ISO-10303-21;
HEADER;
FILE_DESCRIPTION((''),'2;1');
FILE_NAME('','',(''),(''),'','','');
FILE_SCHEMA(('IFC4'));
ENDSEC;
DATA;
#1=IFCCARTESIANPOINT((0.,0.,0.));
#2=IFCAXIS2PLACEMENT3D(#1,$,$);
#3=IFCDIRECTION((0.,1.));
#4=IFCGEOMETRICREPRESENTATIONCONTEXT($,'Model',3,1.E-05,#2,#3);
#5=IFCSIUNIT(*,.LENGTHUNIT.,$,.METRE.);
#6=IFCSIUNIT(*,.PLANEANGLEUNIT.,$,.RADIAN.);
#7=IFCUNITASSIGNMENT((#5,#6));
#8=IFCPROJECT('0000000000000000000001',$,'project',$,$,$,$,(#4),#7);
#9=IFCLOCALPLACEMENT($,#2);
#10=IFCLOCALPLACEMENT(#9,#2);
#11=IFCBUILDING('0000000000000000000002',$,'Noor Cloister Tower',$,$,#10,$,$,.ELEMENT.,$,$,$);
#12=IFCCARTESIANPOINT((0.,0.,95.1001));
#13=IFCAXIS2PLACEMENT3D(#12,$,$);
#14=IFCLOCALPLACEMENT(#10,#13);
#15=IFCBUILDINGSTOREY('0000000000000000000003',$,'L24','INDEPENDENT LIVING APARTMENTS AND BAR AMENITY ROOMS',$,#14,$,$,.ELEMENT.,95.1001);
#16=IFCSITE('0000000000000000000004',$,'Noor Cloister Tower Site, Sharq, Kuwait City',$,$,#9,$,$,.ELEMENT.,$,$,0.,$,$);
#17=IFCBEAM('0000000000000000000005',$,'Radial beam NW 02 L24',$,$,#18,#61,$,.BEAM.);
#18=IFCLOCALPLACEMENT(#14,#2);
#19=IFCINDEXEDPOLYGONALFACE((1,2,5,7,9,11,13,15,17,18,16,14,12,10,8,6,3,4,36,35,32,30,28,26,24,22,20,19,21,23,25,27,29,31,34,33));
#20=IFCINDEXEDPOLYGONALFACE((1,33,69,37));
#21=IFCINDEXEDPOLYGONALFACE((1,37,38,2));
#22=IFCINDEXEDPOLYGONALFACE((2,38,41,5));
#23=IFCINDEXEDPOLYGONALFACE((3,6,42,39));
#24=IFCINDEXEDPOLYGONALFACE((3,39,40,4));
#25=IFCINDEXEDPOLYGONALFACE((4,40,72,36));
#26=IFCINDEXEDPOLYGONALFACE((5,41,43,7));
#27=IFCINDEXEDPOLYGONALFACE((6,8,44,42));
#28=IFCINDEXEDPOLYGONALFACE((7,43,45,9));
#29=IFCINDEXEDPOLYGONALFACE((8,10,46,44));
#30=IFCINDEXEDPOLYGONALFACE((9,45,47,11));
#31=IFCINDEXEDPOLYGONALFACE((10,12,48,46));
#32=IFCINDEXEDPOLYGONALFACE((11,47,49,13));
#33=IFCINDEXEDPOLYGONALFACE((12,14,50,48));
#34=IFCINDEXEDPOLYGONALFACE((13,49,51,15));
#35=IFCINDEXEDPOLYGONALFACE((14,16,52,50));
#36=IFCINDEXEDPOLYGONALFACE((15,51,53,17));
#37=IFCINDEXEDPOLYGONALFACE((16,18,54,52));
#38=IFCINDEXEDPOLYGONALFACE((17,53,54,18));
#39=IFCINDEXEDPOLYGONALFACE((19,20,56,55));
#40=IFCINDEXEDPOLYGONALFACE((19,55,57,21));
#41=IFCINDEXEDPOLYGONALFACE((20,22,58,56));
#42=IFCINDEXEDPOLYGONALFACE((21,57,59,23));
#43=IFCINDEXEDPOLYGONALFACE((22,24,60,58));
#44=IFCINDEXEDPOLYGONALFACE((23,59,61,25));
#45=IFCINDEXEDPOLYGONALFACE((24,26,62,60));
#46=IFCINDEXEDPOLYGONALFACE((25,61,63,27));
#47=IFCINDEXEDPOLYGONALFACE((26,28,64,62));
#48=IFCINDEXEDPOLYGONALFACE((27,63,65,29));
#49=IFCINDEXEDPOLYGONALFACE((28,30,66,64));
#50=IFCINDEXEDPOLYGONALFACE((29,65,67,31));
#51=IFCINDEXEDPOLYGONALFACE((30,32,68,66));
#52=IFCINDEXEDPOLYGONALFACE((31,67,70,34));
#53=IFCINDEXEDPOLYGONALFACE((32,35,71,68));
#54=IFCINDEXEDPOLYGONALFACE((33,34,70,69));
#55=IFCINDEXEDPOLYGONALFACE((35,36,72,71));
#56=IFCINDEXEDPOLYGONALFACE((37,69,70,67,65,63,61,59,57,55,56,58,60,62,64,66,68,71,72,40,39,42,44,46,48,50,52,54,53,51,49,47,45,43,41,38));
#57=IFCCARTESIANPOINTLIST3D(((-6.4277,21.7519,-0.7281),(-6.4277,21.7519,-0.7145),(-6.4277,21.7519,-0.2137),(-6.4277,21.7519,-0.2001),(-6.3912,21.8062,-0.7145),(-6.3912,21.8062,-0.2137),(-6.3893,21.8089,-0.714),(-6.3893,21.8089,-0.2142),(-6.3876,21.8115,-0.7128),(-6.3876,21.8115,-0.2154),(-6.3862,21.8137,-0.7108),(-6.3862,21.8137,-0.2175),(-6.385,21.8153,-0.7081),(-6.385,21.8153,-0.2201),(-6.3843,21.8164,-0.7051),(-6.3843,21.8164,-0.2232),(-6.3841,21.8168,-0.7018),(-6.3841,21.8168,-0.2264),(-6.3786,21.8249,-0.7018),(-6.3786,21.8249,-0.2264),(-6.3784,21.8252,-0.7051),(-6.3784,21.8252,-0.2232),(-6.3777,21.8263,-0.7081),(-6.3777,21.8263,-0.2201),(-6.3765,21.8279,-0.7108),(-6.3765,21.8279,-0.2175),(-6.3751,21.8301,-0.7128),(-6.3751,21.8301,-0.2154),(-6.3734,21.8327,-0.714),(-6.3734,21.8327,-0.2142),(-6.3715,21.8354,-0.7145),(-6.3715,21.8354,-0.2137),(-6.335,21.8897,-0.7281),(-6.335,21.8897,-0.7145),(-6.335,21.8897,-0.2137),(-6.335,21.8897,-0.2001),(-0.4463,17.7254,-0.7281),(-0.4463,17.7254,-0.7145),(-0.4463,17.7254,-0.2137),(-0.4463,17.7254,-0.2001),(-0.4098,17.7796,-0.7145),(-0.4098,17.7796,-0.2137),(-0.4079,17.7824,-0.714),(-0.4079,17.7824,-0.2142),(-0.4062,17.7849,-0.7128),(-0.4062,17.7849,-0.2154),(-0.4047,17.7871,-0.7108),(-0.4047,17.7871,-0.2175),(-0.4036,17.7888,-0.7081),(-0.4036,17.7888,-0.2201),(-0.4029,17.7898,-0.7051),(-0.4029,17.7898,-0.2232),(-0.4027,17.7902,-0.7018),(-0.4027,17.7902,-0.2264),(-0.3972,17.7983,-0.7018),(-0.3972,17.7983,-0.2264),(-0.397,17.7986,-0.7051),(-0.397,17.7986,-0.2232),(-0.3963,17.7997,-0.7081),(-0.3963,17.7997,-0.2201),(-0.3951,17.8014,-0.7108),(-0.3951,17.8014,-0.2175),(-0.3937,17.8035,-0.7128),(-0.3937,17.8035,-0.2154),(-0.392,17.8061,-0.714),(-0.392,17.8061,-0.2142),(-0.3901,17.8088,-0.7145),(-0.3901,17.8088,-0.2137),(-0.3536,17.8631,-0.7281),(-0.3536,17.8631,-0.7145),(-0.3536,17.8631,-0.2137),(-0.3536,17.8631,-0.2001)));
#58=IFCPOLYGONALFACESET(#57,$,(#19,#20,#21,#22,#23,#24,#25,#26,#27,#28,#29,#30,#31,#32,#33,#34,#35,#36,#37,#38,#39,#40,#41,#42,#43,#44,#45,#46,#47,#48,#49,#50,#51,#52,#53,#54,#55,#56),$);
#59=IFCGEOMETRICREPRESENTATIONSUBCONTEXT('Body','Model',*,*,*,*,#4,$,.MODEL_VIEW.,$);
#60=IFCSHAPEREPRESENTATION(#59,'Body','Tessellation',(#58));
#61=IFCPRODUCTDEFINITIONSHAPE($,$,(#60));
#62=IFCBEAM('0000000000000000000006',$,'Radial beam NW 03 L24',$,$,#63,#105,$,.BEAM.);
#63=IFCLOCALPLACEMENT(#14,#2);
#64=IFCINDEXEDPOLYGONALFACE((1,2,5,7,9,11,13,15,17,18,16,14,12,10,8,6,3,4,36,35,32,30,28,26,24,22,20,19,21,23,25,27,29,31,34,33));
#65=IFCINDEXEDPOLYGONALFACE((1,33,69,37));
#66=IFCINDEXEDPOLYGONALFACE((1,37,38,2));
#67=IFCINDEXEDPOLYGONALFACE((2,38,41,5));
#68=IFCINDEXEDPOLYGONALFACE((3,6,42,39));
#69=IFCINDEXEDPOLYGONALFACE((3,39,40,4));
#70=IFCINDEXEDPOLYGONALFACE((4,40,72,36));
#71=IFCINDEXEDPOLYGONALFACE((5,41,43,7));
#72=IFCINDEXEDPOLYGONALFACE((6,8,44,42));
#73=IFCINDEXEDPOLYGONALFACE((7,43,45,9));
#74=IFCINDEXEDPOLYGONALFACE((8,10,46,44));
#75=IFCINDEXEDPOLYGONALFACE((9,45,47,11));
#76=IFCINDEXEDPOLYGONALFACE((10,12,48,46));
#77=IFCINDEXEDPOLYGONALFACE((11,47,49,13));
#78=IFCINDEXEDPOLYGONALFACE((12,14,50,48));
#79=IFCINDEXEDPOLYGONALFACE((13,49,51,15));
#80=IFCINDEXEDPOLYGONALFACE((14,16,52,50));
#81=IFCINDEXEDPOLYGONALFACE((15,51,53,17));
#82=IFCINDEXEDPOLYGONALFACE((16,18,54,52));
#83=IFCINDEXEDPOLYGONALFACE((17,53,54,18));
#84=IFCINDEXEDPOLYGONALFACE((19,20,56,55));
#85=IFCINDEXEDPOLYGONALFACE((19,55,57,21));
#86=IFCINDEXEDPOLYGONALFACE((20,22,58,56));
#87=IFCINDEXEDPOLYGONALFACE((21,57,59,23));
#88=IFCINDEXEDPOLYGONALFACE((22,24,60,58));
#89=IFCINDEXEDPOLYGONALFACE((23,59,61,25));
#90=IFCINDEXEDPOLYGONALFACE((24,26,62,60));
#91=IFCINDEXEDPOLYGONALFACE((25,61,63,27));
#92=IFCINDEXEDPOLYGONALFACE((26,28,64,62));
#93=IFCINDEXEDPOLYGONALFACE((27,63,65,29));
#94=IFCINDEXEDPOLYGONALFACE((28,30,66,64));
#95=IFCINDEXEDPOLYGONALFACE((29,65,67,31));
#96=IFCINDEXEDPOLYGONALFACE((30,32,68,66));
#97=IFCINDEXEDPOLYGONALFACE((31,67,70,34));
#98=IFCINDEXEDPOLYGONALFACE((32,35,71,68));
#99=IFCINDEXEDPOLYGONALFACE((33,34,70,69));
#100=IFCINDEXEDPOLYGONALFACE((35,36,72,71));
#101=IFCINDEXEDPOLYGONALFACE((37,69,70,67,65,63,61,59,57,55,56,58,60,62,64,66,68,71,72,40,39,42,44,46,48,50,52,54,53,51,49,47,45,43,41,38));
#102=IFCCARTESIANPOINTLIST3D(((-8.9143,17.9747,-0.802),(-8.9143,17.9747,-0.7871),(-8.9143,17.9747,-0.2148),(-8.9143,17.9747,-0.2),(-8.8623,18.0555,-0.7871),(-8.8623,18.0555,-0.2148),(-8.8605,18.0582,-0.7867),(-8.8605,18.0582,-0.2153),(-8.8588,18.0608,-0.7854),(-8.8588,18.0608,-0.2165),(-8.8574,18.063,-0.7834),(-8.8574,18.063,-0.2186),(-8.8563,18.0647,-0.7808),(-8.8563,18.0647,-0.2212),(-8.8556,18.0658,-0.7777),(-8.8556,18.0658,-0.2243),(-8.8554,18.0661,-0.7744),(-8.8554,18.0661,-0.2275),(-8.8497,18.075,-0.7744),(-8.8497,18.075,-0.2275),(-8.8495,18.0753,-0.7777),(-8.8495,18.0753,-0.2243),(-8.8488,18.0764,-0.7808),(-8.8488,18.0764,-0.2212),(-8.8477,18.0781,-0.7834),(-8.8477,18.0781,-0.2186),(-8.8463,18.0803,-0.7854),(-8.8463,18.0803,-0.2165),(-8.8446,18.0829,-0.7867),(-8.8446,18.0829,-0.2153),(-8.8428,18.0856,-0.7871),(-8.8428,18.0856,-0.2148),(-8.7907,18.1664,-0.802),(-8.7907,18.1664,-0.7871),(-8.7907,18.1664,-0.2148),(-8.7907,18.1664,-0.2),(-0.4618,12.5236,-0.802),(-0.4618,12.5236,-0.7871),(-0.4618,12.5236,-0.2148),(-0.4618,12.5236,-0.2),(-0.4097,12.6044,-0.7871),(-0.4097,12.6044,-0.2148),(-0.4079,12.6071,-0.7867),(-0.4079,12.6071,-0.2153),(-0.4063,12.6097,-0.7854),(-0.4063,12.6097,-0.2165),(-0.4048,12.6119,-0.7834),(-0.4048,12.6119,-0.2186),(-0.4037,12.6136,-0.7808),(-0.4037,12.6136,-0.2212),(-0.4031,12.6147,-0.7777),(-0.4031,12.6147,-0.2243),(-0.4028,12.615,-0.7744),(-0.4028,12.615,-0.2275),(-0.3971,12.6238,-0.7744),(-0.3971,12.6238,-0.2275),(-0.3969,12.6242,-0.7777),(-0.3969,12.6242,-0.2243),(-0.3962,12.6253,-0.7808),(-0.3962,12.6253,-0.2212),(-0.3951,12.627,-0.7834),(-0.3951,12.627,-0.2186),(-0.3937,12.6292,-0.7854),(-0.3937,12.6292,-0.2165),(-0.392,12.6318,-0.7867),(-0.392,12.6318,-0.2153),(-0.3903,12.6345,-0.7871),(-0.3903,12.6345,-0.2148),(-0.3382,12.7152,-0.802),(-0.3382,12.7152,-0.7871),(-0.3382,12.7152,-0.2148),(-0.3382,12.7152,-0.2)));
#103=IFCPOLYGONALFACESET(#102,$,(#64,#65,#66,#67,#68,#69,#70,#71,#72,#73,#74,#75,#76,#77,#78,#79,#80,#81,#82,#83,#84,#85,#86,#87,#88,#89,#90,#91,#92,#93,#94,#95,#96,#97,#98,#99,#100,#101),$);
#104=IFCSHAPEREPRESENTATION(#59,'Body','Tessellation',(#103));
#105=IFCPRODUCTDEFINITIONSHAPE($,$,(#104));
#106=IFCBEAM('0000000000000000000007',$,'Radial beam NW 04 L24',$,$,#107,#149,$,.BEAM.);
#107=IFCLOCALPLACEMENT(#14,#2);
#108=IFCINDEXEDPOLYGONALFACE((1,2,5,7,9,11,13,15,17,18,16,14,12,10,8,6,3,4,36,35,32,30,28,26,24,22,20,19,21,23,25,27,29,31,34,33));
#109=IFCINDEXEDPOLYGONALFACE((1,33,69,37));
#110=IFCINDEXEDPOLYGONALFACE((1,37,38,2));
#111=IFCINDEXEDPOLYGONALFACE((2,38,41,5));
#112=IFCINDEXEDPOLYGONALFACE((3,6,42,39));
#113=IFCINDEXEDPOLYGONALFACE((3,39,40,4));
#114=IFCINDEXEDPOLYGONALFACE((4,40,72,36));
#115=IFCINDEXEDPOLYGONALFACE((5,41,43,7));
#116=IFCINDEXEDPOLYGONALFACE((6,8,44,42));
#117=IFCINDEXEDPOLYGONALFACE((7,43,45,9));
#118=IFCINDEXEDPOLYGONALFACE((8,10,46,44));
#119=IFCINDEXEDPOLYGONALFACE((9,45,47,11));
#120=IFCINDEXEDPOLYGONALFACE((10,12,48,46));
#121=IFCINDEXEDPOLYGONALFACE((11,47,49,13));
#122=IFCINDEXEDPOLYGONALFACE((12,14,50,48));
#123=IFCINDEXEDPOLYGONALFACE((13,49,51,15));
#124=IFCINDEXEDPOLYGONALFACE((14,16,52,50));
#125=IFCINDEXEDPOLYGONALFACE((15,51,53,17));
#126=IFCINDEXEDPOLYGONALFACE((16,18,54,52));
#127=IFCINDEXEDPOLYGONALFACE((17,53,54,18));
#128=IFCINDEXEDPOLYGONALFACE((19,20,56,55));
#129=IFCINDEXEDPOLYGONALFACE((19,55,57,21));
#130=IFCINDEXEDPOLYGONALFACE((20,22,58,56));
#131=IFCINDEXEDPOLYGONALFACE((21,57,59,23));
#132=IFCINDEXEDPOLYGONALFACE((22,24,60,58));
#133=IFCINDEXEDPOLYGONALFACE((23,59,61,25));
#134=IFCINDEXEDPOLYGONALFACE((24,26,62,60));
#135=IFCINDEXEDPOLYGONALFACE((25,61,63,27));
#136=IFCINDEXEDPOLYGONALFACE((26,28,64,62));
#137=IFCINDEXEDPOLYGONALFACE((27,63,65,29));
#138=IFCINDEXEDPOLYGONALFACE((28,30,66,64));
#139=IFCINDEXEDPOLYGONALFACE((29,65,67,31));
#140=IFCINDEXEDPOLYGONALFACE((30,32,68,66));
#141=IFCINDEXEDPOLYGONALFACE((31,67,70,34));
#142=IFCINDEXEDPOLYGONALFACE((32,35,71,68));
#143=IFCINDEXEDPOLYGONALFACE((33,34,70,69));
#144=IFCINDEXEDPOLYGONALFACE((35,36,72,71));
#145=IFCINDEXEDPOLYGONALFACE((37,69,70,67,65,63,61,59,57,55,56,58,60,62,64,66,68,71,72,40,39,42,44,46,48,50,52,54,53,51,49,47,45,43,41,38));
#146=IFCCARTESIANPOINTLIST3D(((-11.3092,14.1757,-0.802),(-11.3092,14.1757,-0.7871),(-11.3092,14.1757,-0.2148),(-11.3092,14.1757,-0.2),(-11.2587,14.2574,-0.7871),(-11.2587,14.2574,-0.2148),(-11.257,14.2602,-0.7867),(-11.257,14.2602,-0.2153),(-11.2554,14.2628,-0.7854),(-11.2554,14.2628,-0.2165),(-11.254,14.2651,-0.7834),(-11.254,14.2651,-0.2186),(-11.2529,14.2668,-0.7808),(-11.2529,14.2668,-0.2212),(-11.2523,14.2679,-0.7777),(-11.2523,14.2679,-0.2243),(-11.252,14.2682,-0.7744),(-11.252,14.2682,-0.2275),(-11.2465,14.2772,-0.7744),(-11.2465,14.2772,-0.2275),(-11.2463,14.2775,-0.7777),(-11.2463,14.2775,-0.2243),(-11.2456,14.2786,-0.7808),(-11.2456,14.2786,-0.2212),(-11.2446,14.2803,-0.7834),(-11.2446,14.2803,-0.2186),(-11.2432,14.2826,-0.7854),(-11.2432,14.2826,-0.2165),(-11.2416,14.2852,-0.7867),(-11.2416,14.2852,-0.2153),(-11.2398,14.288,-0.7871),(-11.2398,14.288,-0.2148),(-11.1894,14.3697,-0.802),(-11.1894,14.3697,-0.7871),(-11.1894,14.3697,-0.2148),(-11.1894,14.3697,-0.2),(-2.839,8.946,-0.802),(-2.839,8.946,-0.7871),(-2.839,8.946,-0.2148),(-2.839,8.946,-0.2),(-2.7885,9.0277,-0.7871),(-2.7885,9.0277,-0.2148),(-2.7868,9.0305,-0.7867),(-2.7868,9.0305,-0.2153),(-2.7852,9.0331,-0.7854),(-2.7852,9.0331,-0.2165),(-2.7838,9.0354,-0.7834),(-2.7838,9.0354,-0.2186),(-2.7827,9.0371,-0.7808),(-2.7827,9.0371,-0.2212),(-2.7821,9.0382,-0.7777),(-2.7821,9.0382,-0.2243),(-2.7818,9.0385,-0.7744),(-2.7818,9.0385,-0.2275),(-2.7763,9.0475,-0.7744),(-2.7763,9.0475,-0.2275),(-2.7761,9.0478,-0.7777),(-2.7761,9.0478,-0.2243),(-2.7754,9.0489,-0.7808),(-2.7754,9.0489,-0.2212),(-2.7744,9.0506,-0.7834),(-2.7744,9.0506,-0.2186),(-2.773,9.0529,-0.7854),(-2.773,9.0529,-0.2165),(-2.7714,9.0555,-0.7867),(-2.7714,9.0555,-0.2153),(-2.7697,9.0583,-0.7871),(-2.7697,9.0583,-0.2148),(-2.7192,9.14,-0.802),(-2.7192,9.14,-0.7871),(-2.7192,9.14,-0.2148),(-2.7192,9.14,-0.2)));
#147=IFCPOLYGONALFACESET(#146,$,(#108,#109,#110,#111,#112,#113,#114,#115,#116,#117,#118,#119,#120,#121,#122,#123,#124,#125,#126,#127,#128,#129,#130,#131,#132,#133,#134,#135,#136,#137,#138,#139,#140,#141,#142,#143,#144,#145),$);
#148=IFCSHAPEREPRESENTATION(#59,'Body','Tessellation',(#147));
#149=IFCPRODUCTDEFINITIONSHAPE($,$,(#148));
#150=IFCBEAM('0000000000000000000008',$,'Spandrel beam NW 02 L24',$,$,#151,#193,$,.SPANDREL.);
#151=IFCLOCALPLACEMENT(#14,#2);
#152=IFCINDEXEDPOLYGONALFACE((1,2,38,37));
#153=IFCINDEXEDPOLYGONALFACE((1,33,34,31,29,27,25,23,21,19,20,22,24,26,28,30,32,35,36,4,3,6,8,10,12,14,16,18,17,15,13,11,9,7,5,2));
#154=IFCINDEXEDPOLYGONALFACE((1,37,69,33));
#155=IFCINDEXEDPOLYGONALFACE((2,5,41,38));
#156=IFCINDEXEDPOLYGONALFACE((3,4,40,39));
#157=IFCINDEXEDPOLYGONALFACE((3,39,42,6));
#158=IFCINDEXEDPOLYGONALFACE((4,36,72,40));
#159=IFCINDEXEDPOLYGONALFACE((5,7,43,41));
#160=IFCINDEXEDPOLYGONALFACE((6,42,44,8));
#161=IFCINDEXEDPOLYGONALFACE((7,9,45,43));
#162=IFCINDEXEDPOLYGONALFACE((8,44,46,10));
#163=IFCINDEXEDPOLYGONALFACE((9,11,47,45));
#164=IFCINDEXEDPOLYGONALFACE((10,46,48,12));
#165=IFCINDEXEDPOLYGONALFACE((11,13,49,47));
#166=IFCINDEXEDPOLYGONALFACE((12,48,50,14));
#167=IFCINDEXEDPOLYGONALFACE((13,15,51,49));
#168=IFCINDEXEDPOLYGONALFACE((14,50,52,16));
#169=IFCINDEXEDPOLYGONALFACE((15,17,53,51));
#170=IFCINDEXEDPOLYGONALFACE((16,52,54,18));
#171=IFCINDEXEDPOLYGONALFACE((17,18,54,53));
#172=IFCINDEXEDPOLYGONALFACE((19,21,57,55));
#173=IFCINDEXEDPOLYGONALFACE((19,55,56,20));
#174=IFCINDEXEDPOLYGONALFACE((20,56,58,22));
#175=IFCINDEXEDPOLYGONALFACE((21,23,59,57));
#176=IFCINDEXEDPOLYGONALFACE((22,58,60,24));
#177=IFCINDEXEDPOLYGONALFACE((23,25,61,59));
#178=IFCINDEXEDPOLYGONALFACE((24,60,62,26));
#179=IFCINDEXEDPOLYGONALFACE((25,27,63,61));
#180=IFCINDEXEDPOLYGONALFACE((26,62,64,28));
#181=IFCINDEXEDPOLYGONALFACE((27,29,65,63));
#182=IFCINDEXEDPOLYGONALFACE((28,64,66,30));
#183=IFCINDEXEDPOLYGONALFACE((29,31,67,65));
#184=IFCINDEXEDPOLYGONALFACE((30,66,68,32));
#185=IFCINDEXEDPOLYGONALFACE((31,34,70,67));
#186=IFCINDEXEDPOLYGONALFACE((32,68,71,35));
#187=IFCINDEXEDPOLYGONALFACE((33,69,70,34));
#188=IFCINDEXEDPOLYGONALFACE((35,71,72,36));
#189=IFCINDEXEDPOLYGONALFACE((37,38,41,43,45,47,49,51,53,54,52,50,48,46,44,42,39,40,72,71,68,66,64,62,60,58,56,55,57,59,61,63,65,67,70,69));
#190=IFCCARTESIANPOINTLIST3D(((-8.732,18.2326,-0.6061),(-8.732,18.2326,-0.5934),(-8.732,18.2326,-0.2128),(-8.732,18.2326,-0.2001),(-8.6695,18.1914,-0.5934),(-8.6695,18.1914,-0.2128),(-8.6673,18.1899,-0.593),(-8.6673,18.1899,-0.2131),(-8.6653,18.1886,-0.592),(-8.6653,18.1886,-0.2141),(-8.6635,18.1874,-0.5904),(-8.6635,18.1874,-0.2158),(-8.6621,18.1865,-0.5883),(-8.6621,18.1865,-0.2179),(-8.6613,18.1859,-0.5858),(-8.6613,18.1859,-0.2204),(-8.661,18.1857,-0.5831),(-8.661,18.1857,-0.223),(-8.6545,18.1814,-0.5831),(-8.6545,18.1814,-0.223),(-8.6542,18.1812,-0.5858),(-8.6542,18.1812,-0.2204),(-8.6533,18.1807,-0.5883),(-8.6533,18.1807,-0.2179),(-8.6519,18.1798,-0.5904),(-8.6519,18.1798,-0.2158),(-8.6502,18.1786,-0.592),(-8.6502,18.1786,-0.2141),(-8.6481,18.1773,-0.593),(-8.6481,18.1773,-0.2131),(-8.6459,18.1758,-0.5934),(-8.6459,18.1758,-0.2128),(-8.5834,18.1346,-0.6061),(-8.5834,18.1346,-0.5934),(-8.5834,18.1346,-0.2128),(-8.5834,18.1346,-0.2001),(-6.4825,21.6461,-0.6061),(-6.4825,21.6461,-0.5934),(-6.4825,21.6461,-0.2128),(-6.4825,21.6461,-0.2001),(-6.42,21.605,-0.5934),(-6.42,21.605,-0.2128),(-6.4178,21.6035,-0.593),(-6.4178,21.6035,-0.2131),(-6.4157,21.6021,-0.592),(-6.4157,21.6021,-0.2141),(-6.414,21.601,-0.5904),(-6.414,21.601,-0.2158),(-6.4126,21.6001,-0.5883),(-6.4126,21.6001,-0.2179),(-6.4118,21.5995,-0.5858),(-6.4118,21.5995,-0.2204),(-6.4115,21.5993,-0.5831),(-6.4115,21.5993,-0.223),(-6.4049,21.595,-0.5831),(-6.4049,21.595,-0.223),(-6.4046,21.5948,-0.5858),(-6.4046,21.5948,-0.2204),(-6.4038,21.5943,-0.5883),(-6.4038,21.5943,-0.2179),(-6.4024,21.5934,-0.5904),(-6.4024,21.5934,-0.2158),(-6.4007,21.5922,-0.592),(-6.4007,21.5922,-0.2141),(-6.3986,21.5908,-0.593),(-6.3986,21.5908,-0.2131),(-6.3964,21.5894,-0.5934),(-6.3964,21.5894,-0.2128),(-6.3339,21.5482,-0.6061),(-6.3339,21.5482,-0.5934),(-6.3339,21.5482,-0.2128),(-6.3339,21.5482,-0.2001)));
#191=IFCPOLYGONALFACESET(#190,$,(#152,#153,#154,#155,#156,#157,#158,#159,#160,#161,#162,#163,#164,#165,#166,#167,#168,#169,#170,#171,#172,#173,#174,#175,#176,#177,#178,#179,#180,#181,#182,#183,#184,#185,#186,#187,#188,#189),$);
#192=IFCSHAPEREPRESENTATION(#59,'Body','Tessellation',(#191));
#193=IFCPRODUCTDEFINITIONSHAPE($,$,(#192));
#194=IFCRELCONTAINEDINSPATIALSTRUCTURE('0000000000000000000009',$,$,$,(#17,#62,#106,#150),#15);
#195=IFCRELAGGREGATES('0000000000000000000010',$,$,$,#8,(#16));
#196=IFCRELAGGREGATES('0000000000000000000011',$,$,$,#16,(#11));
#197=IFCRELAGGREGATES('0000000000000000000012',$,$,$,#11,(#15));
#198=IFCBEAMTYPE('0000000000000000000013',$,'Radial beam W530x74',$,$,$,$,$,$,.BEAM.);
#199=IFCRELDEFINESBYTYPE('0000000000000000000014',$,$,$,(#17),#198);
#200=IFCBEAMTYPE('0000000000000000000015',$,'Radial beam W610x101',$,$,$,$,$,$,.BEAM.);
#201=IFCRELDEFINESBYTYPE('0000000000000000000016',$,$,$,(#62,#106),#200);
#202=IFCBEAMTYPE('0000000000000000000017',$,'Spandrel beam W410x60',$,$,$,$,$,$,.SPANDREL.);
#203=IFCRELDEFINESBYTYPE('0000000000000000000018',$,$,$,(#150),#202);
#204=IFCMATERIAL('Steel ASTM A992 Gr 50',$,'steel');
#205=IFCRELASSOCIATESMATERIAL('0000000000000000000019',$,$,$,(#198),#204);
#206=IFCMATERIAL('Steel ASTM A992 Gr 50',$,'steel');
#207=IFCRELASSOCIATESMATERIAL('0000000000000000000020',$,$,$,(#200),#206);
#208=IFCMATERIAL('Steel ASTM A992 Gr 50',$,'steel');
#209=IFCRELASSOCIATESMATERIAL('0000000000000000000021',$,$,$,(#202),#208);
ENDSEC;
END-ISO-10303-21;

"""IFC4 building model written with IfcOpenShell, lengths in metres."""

from ifc_helpers import new_model, si_unit, direction, frame, origin, origin_2d, place, context, subcontext, project, spatial, i_section, extrude, material, material_profile, profile_set, type_object, element, save


model = new_model("IFC4")

# Units and contexts
model_context = context("Model", 3, precision=1e-05, world=origin(), true_north=direction((0.0, 1.0)))
body_context = subcontext(model_context, "Body", "Model", "MODEL_VIEW")
ifc_project = project(units=[si_unit("LENGTHUNIT", "METRE"), si_unit("PLANEANGLEUNIT", "RADIAN")], contexts=[model_context])

# Site, building, storey
site_placement = place(None, origin())
site = spatial("IfcSite", under=ifc_project, at=site_placement, Name="Noor Cloister Tower Site, Sharq, Kuwait City", CompositionType="ELEMENT", RefElevation=0.0)
building_placement = place(site_placement, origin())
building = spatial("IfcBuilding", under=site, at=building_placement, Name="Noor Cloister Tower", CompositionType="ELEMENT")
storey_placement = place(building_placement, frame((0.0, 0.0, 95.1001)))
storey = spatial("IfcBuildingStorey", under=building, at=storey_placement, Name="L24", Description="INDEPENDENT LIVING APARTMENTS AND BAR AMENITY ROOMS", CompositionType="ELEMENT", Elevation=95.1001)

# Beams
ifc_material_1 = material(Name="Steel ASTM A992 Gr 50", Category="steel")
ifc_material_profile_1 = material_profile(ifc_material_1, i_section(OverallWidth=0.166, OverallDepth=0.5281, WebThickness=0.0098, FlangeThickness=0.0137, FilletRadius=0.0127, at=origin_2d()), Name="W530x74")
ifc_profile_set_1 = profile_set([ifc_material_profile_1], Name="Steel ASTM A992 Gr 50")
beam_type_1 = type_object("IfcBeamType", Name="Radial beam W530x74", PredefinedType="BEAM", material=ifc_profile_set_1)
beam_1_placement = place(storey_placement, frame((-6.3813, 21.8208, -0.4641), z_axis=(0.829547, -0.558437, 0.0), x_axis=(0.558437, 0.829547, 0.0)))
element("IfcBeam", 1, at=beam_1_placement, inside=storey, type_object=beam_type_1, Name="Radial beam NW 02 L24", PredefinedType="BEAM", context=body_context, shape_type="SweptSolid", body=[
    extrude(i_section(OverallWidth=0.166, OverallDepth=0.5281, WebThickness=0.0098, FlangeThickness=0.0137, FilletRadius=0.0127, at=origin_2d()), origin(), (0.0, 0.0, 1.0), 7.2104),
])
ifc_material_2 = material(Name="Steel ASTM A992 Gr 50", Category="steel")
ifc_material_profile_2 = material_profile(ifc_material_2, i_section(OverallWidth=0.228, OverallDepth=0.6021, WebThickness=0.0105, FlangeThickness=0.0149, FilletRadius=0.0127, at=origin_2d()), Name="W610x101")
ifc_profile_set_2 = profile_set([ifc_material_profile_2], Name="Steel ASTM A992 Gr 50")
beam_type_2 = type_object("IfcBeamType", Name="Radial beam W610x101", PredefinedType="BEAM", material=ifc_profile_set_2)
beam_2_placement = place(storey_placement, frame((-8.8525, 18.0706, -0.501), z_axis=(0.840394, -0.541976, 0.0), x_axis=(0.541976, 0.840394, 0.0)))
element("IfcBeam", 2, at=beam_2_placement, inside=storey, type_object=beam_type_2, Name="Radial beam NW 03 L24", PredefinedType="BEAM", context=body_context, shape_type="SweptSolid", body=[
    extrude(i_section(OverallWidth=0.228, OverallDepth=0.6021, WebThickness=0.0105, FlangeThickness=0.0149, FilletRadius=0.0127, at=origin_2d()), origin(), (0.0, 0.0, 1.0), 10.0579),
])
beam_3_placement = place(storey_placement, frame((-11.2493, 14.2727, -0.501), z_axis=(0.850882, -0.525357, 0.0), x_axis=(0.525357, 0.850882, 0.0)))
element("IfcBeam", 3, at=beam_3_placement, inside=storey, type_object=beam_type_2, Name="Radial beam NW 04 L24", PredefinedType="BEAM", context=body_context, shape_type="SweptSolid", body=[
    extrude(i_section(OverallWidth=0.228, OverallDepth=0.6021, WebThickness=0.0105, FlangeThickness=0.0149, FilletRadius=0.0127, at=origin_2d()), origin(), (0.0, 0.0, 1.0), 9.9546),
])
ifc_material_3 = material(Name="Steel ASTM A992 Gr 50", Category="steel")
ifc_material_profile_3 = material_profile(ifc_material_3, i_section(OverallWidth=0.178, OverallDepth=0.406, WebThickness=0.0078, FlangeThickness=0.0127, FilletRadius=0.0103, at=origin_2d()), Name="W410x60")
ifc_profile_set_3 = profile_set([ifc_material_profile_3], Name="Steel ASTM A992 Gr 50")
beam_type_3 = type_object("IfcBeamType", Name="Spandrel beam W410x60", PredefinedType="SPANDREL", material=ifc_profile_set_3)
for number, where, z_axis, x_axis, name in (
    (4, (-6.4082, 21.5972, -0.4031), (-0.550255, -0.834997, 0.0), (0.834997, -0.550255, 0.0), "Spandrel beam NW 02 L24"),
):
    element("IfcBeam", number, at=place(storey_placement, frame(where, z_axis=z_axis, x_axis=x_axis)), inside=storey, type_object=beam_type_3, Name=name, PredefinedType="SPANDREL", context=body_context, shape_type="SweptSolid", body=[
        extrude(i_section(OverallWidth=0.178, OverallDepth=0.406, WebThickness=0.0078, FlangeThickness=0.0127, FilletRadius=0.0103, at=origin_2d()), origin(), (0.0, 0.0, 1.0), 4.0881),
    ])

save(model, "model.ifc")
